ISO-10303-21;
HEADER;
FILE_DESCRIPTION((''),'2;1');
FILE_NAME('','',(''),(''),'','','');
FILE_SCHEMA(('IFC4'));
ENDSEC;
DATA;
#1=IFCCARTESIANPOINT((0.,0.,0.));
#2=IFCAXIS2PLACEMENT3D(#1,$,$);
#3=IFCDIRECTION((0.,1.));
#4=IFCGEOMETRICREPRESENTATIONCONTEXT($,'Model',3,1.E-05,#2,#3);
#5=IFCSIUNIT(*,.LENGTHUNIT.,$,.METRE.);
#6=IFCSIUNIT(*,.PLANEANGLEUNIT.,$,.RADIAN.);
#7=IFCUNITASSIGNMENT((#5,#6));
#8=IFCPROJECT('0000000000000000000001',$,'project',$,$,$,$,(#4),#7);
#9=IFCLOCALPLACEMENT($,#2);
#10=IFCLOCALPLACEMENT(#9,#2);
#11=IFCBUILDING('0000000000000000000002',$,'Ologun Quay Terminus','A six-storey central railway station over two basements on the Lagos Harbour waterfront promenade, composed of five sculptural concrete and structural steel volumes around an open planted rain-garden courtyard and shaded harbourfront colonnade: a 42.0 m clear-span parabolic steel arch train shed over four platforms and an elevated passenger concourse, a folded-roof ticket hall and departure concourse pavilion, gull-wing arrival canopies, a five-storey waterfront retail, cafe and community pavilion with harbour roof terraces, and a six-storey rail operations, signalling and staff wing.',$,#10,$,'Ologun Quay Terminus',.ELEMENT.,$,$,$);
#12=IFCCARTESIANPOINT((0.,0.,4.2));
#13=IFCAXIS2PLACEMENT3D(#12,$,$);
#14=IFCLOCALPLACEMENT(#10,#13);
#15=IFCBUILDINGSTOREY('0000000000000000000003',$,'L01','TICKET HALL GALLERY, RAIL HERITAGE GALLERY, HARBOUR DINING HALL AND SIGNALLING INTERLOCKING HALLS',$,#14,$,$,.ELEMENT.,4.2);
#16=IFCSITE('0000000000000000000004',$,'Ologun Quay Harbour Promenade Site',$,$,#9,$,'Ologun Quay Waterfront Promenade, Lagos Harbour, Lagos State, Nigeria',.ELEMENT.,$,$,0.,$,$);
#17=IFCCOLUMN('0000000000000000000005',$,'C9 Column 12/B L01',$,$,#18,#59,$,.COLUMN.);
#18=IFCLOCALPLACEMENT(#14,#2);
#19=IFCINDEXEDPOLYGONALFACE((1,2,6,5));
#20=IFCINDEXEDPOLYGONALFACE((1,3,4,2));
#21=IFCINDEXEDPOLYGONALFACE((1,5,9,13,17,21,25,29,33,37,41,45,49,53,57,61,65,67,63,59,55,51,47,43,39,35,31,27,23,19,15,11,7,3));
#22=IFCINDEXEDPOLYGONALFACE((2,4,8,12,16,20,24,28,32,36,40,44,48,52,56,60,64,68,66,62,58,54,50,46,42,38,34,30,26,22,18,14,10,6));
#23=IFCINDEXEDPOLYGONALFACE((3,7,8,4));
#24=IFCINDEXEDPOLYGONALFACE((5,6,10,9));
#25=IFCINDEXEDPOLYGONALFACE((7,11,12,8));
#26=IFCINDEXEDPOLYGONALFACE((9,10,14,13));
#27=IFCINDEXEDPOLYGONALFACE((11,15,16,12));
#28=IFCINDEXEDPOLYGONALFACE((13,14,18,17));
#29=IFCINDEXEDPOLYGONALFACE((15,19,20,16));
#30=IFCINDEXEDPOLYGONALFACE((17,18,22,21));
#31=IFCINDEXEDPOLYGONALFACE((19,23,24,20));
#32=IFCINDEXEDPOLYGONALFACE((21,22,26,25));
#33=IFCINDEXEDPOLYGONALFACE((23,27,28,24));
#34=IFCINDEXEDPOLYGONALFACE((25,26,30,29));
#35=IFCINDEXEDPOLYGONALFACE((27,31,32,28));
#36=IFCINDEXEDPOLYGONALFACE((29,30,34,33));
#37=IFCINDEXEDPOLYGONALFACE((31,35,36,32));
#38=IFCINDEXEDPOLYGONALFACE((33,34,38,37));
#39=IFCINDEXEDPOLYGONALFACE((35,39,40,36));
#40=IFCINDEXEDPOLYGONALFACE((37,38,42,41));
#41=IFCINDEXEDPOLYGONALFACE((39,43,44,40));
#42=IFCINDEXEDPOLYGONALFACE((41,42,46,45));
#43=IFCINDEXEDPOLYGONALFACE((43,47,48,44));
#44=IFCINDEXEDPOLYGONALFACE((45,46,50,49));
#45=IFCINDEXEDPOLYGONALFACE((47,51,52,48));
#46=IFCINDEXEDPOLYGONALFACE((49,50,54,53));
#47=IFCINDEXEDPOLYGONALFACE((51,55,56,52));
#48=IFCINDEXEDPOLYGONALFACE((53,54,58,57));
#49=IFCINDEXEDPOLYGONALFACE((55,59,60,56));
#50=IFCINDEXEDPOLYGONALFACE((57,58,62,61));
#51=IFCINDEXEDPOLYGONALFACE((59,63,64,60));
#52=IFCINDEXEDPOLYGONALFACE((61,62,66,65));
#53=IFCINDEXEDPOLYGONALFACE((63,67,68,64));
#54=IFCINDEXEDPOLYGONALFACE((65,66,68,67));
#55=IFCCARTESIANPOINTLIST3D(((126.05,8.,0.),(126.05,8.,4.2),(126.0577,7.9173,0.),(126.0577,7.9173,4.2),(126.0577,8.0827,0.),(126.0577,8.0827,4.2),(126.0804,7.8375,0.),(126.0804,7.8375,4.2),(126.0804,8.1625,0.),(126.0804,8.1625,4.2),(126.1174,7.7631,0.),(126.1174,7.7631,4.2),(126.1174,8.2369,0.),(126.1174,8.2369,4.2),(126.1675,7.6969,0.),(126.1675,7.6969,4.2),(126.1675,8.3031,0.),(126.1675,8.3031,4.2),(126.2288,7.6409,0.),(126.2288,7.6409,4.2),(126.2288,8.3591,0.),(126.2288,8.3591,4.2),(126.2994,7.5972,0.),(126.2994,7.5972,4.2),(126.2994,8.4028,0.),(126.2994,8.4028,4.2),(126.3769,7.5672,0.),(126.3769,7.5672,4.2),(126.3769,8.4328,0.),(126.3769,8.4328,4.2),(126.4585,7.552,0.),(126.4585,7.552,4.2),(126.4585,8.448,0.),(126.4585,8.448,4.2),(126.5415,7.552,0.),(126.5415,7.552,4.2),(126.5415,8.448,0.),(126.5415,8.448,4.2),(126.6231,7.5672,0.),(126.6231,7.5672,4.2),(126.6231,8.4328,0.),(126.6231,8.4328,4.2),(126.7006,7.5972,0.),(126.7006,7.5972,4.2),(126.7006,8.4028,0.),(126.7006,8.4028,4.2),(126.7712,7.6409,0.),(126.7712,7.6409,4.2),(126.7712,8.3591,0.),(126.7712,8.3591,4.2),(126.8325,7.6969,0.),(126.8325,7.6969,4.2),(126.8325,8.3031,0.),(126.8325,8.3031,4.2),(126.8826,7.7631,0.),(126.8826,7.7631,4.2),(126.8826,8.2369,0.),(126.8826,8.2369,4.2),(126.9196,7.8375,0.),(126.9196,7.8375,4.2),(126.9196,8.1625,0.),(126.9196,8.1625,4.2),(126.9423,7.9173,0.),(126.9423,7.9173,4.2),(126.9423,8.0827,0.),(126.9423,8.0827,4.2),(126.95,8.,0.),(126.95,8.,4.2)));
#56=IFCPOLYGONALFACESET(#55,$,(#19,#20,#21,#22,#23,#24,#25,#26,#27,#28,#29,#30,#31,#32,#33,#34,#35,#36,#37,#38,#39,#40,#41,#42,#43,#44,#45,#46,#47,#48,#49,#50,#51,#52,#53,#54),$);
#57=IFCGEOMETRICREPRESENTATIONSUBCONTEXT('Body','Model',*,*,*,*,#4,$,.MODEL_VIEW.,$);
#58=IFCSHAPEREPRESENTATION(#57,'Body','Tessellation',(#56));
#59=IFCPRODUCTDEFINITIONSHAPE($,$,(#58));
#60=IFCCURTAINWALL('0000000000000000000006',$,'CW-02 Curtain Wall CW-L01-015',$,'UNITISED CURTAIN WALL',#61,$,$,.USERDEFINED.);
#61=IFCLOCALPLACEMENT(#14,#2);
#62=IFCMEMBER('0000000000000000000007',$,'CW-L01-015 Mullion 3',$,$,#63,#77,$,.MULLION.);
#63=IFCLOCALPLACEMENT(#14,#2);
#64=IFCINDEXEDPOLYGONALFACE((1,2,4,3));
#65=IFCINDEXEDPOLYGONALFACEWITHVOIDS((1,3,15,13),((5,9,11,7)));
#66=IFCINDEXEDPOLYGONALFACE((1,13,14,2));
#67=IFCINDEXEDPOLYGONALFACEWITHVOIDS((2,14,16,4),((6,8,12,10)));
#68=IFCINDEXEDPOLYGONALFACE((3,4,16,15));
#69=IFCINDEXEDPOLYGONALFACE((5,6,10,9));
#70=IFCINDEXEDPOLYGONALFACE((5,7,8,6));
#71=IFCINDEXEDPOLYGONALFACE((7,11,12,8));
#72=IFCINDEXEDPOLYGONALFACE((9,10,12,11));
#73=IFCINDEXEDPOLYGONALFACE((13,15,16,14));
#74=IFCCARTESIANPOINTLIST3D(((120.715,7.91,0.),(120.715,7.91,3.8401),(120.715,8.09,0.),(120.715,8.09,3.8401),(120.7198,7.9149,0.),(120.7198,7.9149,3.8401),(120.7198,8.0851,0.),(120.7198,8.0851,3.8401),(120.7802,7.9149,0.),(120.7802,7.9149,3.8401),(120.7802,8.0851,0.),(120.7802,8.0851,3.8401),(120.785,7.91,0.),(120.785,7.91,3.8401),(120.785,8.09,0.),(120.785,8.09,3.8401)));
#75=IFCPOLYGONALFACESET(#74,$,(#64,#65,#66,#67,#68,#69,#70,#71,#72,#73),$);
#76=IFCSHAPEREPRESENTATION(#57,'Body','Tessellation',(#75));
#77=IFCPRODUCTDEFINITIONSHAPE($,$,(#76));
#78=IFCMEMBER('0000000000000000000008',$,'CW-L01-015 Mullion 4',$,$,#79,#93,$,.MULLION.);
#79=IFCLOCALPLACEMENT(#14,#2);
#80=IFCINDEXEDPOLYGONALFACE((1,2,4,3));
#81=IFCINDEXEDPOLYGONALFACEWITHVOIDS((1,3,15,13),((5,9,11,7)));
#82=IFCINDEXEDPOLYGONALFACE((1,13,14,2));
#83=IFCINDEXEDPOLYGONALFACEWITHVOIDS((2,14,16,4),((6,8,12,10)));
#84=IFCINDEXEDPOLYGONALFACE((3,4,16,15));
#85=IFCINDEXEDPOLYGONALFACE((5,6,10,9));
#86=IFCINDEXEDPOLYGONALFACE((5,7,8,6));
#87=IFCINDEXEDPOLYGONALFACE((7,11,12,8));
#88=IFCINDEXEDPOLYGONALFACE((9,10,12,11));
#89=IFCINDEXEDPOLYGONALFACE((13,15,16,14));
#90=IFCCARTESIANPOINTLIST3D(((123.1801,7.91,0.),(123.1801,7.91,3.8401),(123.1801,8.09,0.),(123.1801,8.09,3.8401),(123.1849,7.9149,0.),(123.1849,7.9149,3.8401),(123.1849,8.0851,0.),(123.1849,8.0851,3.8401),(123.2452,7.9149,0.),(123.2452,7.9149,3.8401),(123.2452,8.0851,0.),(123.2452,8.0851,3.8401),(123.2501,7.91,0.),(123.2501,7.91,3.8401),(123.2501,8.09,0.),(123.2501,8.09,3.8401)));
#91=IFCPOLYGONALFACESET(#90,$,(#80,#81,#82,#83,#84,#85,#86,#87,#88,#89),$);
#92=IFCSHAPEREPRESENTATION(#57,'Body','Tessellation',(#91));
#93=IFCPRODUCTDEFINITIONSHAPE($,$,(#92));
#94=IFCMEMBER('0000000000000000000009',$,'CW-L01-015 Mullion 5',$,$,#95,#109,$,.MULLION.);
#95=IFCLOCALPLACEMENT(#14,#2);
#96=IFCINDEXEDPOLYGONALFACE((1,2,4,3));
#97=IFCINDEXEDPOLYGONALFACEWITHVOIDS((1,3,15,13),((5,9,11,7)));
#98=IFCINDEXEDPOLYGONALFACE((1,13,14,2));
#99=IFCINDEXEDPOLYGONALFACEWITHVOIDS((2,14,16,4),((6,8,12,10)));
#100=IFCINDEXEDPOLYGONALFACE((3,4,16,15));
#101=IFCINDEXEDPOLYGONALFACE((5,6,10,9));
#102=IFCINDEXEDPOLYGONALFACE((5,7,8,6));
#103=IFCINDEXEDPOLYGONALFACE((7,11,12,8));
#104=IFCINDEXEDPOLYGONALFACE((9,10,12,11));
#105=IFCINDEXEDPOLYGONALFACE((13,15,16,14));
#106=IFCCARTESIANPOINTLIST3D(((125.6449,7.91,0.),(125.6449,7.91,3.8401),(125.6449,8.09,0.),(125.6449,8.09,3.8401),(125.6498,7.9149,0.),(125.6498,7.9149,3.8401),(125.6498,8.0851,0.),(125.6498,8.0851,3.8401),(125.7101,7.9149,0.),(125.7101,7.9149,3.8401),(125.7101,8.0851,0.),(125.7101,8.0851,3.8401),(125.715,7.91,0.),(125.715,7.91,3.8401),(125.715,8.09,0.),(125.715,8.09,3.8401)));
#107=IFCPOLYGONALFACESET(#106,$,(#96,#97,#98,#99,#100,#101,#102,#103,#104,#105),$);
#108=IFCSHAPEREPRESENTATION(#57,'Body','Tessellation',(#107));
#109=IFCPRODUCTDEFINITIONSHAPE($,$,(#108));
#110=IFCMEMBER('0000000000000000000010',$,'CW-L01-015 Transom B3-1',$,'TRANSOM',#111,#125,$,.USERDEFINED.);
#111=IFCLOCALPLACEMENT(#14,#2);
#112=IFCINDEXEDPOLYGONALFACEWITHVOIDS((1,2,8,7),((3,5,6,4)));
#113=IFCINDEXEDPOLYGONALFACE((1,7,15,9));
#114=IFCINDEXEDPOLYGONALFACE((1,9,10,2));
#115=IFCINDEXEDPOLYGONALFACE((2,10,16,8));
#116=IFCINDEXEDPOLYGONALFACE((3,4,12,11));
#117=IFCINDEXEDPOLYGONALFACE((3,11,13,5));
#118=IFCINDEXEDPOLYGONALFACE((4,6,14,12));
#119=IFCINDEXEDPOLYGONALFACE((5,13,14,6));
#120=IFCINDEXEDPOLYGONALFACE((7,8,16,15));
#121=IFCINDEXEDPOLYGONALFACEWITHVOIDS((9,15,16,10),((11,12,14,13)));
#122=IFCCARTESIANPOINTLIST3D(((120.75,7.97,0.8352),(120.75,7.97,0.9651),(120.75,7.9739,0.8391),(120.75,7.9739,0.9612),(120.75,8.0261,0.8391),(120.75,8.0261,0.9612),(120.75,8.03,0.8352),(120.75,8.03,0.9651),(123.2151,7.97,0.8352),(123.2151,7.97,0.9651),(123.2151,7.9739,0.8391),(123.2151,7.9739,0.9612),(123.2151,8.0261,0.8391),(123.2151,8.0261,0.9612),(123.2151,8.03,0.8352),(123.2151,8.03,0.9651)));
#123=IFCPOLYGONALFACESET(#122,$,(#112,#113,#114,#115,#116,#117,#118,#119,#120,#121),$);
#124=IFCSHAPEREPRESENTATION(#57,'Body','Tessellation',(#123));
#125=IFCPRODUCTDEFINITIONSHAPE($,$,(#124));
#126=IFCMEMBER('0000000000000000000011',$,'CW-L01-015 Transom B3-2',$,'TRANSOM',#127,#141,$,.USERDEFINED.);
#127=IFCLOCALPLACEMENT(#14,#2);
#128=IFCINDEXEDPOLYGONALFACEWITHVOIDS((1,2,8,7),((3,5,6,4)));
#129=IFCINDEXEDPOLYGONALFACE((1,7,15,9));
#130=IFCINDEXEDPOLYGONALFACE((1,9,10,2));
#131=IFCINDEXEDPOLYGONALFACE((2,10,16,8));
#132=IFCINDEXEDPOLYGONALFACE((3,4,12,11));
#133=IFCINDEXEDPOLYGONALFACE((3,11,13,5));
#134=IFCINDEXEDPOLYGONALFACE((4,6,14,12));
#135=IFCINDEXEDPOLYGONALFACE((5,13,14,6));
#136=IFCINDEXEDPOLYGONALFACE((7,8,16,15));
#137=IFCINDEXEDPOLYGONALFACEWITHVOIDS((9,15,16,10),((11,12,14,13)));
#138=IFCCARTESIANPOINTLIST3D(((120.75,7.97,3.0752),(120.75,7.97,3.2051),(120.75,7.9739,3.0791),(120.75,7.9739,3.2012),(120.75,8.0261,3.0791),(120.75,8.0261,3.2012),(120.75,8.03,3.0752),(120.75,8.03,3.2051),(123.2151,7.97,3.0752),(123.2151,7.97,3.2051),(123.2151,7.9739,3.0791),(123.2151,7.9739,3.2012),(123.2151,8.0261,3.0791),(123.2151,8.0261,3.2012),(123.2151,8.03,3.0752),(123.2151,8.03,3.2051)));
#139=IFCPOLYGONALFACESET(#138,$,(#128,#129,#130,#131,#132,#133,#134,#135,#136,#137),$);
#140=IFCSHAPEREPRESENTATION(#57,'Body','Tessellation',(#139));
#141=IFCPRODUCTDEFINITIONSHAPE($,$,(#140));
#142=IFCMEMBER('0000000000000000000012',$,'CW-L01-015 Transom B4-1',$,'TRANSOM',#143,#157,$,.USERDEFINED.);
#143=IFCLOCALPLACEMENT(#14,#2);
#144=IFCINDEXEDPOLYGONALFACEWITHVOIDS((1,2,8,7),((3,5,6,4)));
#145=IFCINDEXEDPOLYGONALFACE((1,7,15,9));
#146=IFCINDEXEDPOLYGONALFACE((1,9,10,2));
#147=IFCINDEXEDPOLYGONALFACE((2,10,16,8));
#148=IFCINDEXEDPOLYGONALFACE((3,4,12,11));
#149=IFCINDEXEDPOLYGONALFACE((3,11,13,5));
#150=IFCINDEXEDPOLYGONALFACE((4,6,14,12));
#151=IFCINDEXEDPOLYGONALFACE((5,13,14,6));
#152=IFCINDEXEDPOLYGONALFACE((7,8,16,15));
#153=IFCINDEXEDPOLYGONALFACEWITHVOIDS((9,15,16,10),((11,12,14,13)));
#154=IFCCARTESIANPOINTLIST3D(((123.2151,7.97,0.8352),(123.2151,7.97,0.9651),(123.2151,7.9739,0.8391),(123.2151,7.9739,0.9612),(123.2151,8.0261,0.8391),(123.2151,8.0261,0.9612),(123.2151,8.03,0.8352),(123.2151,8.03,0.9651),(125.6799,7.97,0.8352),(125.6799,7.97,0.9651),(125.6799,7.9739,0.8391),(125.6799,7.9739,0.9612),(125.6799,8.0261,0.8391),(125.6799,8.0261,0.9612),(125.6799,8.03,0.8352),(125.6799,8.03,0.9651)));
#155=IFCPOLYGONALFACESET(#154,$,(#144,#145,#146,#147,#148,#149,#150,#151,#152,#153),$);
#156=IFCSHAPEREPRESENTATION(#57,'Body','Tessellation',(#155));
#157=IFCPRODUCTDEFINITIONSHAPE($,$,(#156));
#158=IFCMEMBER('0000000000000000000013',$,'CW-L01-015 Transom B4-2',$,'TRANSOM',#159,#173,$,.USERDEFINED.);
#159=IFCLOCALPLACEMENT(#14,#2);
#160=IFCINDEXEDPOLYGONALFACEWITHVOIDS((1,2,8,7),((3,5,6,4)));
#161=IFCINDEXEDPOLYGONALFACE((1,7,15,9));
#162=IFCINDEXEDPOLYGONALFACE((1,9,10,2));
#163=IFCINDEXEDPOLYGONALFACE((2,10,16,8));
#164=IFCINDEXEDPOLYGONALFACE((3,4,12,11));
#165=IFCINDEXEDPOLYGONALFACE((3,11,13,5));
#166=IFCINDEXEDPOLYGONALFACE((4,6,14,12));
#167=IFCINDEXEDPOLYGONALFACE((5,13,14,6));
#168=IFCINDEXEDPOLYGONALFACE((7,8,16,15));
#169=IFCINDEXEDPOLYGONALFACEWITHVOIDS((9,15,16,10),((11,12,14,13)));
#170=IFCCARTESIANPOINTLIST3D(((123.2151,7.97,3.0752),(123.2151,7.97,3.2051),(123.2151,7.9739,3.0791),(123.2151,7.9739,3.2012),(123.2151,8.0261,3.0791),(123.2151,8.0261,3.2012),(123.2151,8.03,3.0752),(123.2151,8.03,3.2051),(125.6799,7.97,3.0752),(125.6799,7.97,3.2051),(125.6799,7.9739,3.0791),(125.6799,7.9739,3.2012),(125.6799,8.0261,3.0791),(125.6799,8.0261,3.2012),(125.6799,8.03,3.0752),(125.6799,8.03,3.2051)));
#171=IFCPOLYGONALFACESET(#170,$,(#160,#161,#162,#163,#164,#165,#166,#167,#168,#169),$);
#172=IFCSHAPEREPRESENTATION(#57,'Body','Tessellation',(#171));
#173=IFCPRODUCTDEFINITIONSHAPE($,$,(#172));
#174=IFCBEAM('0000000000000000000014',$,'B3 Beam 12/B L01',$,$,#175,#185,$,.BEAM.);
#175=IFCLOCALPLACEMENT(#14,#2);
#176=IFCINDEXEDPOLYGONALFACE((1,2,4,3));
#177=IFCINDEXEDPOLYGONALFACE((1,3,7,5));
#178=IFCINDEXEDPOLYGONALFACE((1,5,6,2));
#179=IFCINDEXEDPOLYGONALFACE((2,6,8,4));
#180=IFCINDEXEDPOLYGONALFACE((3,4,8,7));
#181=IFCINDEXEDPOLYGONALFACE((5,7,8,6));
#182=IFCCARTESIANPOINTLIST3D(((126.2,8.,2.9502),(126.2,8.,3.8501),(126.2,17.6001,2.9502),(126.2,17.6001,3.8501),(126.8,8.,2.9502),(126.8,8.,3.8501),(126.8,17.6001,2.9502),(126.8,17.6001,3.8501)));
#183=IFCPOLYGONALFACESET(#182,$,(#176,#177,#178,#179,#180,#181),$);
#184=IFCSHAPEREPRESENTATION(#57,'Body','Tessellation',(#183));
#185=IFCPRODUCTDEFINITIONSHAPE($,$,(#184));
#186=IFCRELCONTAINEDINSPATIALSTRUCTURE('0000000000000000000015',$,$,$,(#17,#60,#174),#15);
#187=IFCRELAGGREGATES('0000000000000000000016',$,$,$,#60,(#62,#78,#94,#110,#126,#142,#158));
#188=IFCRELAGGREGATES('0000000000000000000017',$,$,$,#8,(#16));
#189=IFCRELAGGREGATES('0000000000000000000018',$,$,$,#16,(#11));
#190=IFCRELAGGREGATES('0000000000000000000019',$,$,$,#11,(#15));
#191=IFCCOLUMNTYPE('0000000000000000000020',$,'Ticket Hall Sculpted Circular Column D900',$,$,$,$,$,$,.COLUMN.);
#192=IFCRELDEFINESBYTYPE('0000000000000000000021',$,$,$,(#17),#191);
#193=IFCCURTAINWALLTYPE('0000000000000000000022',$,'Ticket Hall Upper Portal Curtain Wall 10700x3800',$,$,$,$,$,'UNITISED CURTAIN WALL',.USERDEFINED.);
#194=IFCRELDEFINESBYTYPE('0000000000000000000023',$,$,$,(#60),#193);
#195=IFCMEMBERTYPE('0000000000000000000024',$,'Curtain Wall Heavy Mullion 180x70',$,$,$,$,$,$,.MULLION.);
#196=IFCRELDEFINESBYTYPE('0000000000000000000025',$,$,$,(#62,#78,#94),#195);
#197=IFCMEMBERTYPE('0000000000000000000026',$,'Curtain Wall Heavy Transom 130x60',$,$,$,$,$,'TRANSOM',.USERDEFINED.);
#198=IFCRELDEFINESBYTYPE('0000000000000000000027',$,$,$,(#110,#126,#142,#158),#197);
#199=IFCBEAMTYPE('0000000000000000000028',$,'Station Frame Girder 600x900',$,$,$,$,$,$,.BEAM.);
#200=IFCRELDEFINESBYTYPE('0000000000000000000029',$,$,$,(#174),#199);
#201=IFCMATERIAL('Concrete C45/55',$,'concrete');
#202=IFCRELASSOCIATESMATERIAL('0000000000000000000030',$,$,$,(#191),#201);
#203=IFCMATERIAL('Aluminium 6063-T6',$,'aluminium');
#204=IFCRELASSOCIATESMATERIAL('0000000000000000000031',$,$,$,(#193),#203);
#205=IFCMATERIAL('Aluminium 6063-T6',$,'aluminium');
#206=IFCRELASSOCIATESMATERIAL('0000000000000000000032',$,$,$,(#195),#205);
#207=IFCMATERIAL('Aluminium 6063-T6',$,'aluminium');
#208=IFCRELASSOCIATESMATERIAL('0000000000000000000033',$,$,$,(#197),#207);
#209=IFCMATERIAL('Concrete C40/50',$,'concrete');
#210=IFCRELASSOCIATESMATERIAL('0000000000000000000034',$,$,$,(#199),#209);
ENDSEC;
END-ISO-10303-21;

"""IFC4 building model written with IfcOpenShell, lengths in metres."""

from ifc_helpers import new_model, si_unit, direction, frame, origin, origin_2d, place, context, subcontext, project, spatial, rectangle, hollow_rectangle, circle, extrude, material, material_profile, profile_set, type_object, element, aggregate, save


model = new_model("IFC4")

# Units and contexts
model_context = context("Model", 3, precision=1e-05, world=origin(), true_north=direction((0.0, 1.0)))
body_context = subcontext(model_context, "Body", "Model", "MODEL_VIEW")
ifc_project = project(units=[si_unit("LENGTHUNIT", "METRE"), si_unit("PLANEANGLEUNIT", "RADIAN")], contexts=[model_context])

# Site, building, storey
site_placement = place(None, origin())
site = spatial("IfcSite", under=ifc_project, at=site_placement, Name="Ologun Quay Harbour Promenade Site", LongName="Ologun Quay Waterfront Promenade, Lagos Harbour, Lagos State, Nigeria", CompositionType="ELEMENT", RefElevation=0.0)
building_placement = place(site_placement, origin())
building = spatial("IfcBuilding", under=site, at=building_placement, Name="Ologun Quay Terminus", Description="A six-storey central railway station over two basements on the Lagos Harbour waterfront promenade, composed of five sculptural concrete and structural steel volumes around an open planted rain-garden courtyard and shaded harbourfront colonnade: a 42.0 m clear-span parabolic steel arch train shed over four platforms and an elevated passenger concourse, a folded-roof ticket hall and departure concourse pavilion, gull-wing arrival canopies, a five-storey waterfront retail, cafe and community pavilion with harbour roof terraces, and a six-storey rail operations, signalling and staff wing.", LongName="Ologun Quay Terminus", CompositionType="ELEMENT")
storey_placement = place(building_placement, frame((0.0, 0.0, 4.2)))
storey = spatial("IfcBuildingStorey", under=building, at=storey_placement, Name="L01", Description="TICKET HALL GALLERY, RAIL HERITAGE GALLERY, HARBOUR DINING HALL AND SIGNALLING INTERLOCKING HALLS", CompositionType="ELEMENT", Elevation=4.2)

# Column
ifc_material_1 = material(Name="Concrete C45/55", Category="concrete")
ifc_material_profile_1 = material_profile(ifc_material_1, circle(Radius=0.45, at=origin_2d()), Name="RC D900")
ifc_profile_set_1 = profile_set([ifc_material_profile_1], Name="Concrete C45/55")
column_type = type_object("IfcColumnType", Name="Ticket Hall Sculpted Circular Column D900", PredefinedType="COLUMN", material=ifc_profile_set_1)
column_placement = place(storey_placement, frame((126.5, 8.0, 0.0), z_axis=(0.0, 0.0, 1.0), x_axis=(1.0, 0.0, 0.0)))
element("IfcColumn", 1, at=column_placement, inside=storey, type_object=column_type, Name="C9 Column 12/B L01", PredefinedType="COLUMN", context=body_context, shape_type="SweptSolid", body=[
    extrude(circle(Radius=0.45, at=origin_2d()), origin(), (0.0, 0.0, 1.0), 4.2),
])

# Curtain wall, members
ifc_material_2 = material(Name="Aluminium 6063-T6", Category="aluminium")
curtain_wall_type = type_object("IfcCurtainWallType", Name="Ticket Hall Upper Portal Curtain Wall 10700x3800", ElementType="UNITISED CURTAIN WALL", PredefinedType="USERDEFINED", material=ifc_material_2)
curtain_wall_placement = place(storey_placement, origin())
curtain_wall = element("IfcCurtainWall", 2, at=curtain_wall_placement, inside=storey, type_object=curtain_wall_type, Name="CW-02 Curtain Wall CW-L01-015", ObjectType="UNITISED CURTAIN WALL", PredefinedType="USERDEFINED")
ifc_material_3 = material(Name="Aluminium 6063-T6", Category="aluminium")
ifc_material_profile_2 = material_profile(ifc_material_3, hollow_rectangle(XDim=0.0701, YDim=0.1799, WallThickness=0.0049, at=origin_2d()), Name="ALU 180x70x5")
ifc_profile_set_2 = profile_set([ifc_material_profile_2], Name="Aluminium 6063-T6")
member_type_1 = type_object("IfcMemberType", Name="Curtain Wall Heavy Mullion 180x70", PredefinedType="MULLION", material=ifc_profile_set_2)
member_1_placement = place(storey_placement, frame((120.75, 8.0, 0.0), z_axis=(0.0, 0.0, 1.0), x_axis=(1.0, 0.0, 0.0)))
member_1 = element("IfcMember", 3, at=member_1_placement, type_object=member_type_1, Name="CW-L01-015 Mullion 3", PredefinedType="MULLION", context=body_context, shape_type="SweptSolid", body=[
    extrude(hollow_rectangle(XDim=0.0701, YDim=0.1799, WallThickness=0.0049, at=origin_2d()), origin(), (0.0, 0.0, 1.0), 3.8401),
])
member_2_placement = place(storey_placement, frame((123.2151, 8.0, 0.0), z_axis=(0.0, 0.0, 1.0), x_axis=(1.0, 0.0, 0.0)))
member_2 = element("IfcMember", 4, at=member_2_placement, type_object=member_type_1, Name="CW-L01-015 Mullion 4", PredefinedType="MULLION", context=body_context, shape_type="SweptSolid", body=[
    extrude(hollow_rectangle(XDim=0.0701, YDim=0.1799, WallThickness=0.0049, at=origin_2d()), origin(), (0.0, 0.0, 1.0), 3.8401),
])
member_3_placement = place(storey_placement, frame((125.6799, 8.0, 0.0), z_axis=(0.0, 0.0, 1.0), x_axis=(1.0, 0.0, 0.0)))
member_3 = element("IfcMember", 5, at=member_3_placement, type_object=member_type_1, Name="CW-L01-015 Mullion 5", PredefinedType="MULLION", context=body_context, shape_type="SweptSolid", body=[
    extrude(hollow_rectangle(XDim=0.0701, YDim=0.1799, WallThickness=0.0049, at=origin_2d()), origin(), (0.0, 0.0, 1.0), 3.8401),
])
ifc_material_4 = material(Name="Aluminium 6063-T6", Category="aluminium")
ifc_material_profile_3 = material_profile(ifc_material_4, hollow_rectangle(XDim=0.0601, YDim=0.1299, WallThickness=0.0039, at=origin_2d()), Name="ALU 130x60x4")
ifc_profile_set_3 = profile_set([ifc_material_profile_3], Name="Aluminium 6063-T6")
member_type_2 = type_object("IfcMemberType", Name="Curtain Wall Heavy Transom 130x60", ElementType="TRANSOM", PredefinedType="USERDEFINED", material=ifc_profile_set_3)
member_4_placement = place(storey_placement, frame((120.75, 8.0, 0.9001), z_axis=(1.0, 0.0, 0.0), x_axis=(0.0, 1.0, 0.0)))
member_4 = element("IfcMember", 6, at=member_4_placement, type_object=member_type_2, Name="CW-L01-015 Transom B3-1", ObjectType="TRANSOM", PredefinedType="USERDEFINED", context=body_context, shape_type="SweptSolid", body=[
    extrude(hollow_rectangle(XDim=0.0601, YDim=0.1299, WallThickness=0.0039, at=origin_2d()), origin(), (0.0, 0.0, 1.0), 2.4651),
])
member_5_placement = place(storey_placement, frame((120.75, 8.0, 3.1401), z_axis=(1.0, 0.0, 0.0), x_axis=(0.0, 1.0, 0.0)))
member_5 = element("IfcMember", 7, at=member_5_placement, type_object=member_type_2, Name="CW-L01-015 Transom B3-2", ObjectType="TRANSOM", PredefinedType="USERDEFINED", context=body_context, shape_type="SweptSolid", body=[
    extrude(hollow_rectangle(XDim=0.0601, YDim=0.1299, WallThickness=0.0039, at=origin_2d()), origin(), (0.0, 0.0, 1.0), 2.4651),
])
member_6_placement = place(storey_placement, frame((123.2151, 8.0, 0.9001), z_axis=(1.0, 0.0, 0.0), x_axis=(0.0, 1.0, 0.0)))
member_6 = element("IfcMember", 8, at=member_6_placement, type_object=member_type_2, Name="CW-L01-015 Transom B4-1", ObjectType="TRANSOM", PredefinedType="USERDEFINED", context=body_context, shape_type="SweptSolid", body=[
    extrude(hollow_rectangle(XDim=0.0601, YDim=0.1299, WallThickness=0.0039, at=origin_2d()), origin(), (0.0, 0.0, 1.0), 2.4648),
])
member_7_placement = place(storey_placement, frame((123.2151, 8.0, 3.1401), z_axis=(1.0, 0.0, 0.0), x_axis=(0.0, 1.0, 0.0)))
member_7 = element("IfcMember", 9, at=member_7_placement, type_object=member_type_2, Name="CW-L01-015 Transom B4-2", ObjectType="TRANSOM", PredefinedType="USERDEFINED", context=body_context, shape_type="SweptSolid", body=[
    extrude(hollow_rectangle(XDim=0.0601, YDim=0.1299, WallThickness=0.0039, at=origin_2d()), origin(), (0.0, 0.0, 1.0), 2.4648),
])

# Beam
ifc_material_5 = material(Name="Concrete C40/50", Category="concrete")
ifc_material_profile_4 = material_profile(ifc_material_5, rectangle(XDim=0.6001, YDim=0.8999, at=origin_2d()), Name="RC 600x900")
ifc_profile_set_4 = profile_set([ifc_material_profile_4], Name="Concrete C40/50")
beam_type_1 = type_object("IfcBeamType", Name="Station Frame Girder 600x900", PredefinedType="BEAM", material=ifc_profile_set_4)
beam_placement = place(storey_placement, frame((126.5, 8.0, 3.4001), z_axis=(0.0, 1.0, 0.0), x_axis=(-1.0, 0.0, 0.0)))
element("IfcBeam", 10, at=beam_placement, inside=storey, type_object=beam_type_1, Name="B3 Beam 12/B L01", PredefinedType="BEAM", context=body_context, shape_type="SweptSolid", body=[
    extrude(rectangle(XDim=0.6001, YDim=0.8999, at=origin_2d()), origin(), (0.0, 0.0, 1.0), 9.6001),
])

aggregate(curtain_wall, [member_1, member_2, member_3, member_4, member_5, member_6, member_7])

save(model, "model.ifc")
